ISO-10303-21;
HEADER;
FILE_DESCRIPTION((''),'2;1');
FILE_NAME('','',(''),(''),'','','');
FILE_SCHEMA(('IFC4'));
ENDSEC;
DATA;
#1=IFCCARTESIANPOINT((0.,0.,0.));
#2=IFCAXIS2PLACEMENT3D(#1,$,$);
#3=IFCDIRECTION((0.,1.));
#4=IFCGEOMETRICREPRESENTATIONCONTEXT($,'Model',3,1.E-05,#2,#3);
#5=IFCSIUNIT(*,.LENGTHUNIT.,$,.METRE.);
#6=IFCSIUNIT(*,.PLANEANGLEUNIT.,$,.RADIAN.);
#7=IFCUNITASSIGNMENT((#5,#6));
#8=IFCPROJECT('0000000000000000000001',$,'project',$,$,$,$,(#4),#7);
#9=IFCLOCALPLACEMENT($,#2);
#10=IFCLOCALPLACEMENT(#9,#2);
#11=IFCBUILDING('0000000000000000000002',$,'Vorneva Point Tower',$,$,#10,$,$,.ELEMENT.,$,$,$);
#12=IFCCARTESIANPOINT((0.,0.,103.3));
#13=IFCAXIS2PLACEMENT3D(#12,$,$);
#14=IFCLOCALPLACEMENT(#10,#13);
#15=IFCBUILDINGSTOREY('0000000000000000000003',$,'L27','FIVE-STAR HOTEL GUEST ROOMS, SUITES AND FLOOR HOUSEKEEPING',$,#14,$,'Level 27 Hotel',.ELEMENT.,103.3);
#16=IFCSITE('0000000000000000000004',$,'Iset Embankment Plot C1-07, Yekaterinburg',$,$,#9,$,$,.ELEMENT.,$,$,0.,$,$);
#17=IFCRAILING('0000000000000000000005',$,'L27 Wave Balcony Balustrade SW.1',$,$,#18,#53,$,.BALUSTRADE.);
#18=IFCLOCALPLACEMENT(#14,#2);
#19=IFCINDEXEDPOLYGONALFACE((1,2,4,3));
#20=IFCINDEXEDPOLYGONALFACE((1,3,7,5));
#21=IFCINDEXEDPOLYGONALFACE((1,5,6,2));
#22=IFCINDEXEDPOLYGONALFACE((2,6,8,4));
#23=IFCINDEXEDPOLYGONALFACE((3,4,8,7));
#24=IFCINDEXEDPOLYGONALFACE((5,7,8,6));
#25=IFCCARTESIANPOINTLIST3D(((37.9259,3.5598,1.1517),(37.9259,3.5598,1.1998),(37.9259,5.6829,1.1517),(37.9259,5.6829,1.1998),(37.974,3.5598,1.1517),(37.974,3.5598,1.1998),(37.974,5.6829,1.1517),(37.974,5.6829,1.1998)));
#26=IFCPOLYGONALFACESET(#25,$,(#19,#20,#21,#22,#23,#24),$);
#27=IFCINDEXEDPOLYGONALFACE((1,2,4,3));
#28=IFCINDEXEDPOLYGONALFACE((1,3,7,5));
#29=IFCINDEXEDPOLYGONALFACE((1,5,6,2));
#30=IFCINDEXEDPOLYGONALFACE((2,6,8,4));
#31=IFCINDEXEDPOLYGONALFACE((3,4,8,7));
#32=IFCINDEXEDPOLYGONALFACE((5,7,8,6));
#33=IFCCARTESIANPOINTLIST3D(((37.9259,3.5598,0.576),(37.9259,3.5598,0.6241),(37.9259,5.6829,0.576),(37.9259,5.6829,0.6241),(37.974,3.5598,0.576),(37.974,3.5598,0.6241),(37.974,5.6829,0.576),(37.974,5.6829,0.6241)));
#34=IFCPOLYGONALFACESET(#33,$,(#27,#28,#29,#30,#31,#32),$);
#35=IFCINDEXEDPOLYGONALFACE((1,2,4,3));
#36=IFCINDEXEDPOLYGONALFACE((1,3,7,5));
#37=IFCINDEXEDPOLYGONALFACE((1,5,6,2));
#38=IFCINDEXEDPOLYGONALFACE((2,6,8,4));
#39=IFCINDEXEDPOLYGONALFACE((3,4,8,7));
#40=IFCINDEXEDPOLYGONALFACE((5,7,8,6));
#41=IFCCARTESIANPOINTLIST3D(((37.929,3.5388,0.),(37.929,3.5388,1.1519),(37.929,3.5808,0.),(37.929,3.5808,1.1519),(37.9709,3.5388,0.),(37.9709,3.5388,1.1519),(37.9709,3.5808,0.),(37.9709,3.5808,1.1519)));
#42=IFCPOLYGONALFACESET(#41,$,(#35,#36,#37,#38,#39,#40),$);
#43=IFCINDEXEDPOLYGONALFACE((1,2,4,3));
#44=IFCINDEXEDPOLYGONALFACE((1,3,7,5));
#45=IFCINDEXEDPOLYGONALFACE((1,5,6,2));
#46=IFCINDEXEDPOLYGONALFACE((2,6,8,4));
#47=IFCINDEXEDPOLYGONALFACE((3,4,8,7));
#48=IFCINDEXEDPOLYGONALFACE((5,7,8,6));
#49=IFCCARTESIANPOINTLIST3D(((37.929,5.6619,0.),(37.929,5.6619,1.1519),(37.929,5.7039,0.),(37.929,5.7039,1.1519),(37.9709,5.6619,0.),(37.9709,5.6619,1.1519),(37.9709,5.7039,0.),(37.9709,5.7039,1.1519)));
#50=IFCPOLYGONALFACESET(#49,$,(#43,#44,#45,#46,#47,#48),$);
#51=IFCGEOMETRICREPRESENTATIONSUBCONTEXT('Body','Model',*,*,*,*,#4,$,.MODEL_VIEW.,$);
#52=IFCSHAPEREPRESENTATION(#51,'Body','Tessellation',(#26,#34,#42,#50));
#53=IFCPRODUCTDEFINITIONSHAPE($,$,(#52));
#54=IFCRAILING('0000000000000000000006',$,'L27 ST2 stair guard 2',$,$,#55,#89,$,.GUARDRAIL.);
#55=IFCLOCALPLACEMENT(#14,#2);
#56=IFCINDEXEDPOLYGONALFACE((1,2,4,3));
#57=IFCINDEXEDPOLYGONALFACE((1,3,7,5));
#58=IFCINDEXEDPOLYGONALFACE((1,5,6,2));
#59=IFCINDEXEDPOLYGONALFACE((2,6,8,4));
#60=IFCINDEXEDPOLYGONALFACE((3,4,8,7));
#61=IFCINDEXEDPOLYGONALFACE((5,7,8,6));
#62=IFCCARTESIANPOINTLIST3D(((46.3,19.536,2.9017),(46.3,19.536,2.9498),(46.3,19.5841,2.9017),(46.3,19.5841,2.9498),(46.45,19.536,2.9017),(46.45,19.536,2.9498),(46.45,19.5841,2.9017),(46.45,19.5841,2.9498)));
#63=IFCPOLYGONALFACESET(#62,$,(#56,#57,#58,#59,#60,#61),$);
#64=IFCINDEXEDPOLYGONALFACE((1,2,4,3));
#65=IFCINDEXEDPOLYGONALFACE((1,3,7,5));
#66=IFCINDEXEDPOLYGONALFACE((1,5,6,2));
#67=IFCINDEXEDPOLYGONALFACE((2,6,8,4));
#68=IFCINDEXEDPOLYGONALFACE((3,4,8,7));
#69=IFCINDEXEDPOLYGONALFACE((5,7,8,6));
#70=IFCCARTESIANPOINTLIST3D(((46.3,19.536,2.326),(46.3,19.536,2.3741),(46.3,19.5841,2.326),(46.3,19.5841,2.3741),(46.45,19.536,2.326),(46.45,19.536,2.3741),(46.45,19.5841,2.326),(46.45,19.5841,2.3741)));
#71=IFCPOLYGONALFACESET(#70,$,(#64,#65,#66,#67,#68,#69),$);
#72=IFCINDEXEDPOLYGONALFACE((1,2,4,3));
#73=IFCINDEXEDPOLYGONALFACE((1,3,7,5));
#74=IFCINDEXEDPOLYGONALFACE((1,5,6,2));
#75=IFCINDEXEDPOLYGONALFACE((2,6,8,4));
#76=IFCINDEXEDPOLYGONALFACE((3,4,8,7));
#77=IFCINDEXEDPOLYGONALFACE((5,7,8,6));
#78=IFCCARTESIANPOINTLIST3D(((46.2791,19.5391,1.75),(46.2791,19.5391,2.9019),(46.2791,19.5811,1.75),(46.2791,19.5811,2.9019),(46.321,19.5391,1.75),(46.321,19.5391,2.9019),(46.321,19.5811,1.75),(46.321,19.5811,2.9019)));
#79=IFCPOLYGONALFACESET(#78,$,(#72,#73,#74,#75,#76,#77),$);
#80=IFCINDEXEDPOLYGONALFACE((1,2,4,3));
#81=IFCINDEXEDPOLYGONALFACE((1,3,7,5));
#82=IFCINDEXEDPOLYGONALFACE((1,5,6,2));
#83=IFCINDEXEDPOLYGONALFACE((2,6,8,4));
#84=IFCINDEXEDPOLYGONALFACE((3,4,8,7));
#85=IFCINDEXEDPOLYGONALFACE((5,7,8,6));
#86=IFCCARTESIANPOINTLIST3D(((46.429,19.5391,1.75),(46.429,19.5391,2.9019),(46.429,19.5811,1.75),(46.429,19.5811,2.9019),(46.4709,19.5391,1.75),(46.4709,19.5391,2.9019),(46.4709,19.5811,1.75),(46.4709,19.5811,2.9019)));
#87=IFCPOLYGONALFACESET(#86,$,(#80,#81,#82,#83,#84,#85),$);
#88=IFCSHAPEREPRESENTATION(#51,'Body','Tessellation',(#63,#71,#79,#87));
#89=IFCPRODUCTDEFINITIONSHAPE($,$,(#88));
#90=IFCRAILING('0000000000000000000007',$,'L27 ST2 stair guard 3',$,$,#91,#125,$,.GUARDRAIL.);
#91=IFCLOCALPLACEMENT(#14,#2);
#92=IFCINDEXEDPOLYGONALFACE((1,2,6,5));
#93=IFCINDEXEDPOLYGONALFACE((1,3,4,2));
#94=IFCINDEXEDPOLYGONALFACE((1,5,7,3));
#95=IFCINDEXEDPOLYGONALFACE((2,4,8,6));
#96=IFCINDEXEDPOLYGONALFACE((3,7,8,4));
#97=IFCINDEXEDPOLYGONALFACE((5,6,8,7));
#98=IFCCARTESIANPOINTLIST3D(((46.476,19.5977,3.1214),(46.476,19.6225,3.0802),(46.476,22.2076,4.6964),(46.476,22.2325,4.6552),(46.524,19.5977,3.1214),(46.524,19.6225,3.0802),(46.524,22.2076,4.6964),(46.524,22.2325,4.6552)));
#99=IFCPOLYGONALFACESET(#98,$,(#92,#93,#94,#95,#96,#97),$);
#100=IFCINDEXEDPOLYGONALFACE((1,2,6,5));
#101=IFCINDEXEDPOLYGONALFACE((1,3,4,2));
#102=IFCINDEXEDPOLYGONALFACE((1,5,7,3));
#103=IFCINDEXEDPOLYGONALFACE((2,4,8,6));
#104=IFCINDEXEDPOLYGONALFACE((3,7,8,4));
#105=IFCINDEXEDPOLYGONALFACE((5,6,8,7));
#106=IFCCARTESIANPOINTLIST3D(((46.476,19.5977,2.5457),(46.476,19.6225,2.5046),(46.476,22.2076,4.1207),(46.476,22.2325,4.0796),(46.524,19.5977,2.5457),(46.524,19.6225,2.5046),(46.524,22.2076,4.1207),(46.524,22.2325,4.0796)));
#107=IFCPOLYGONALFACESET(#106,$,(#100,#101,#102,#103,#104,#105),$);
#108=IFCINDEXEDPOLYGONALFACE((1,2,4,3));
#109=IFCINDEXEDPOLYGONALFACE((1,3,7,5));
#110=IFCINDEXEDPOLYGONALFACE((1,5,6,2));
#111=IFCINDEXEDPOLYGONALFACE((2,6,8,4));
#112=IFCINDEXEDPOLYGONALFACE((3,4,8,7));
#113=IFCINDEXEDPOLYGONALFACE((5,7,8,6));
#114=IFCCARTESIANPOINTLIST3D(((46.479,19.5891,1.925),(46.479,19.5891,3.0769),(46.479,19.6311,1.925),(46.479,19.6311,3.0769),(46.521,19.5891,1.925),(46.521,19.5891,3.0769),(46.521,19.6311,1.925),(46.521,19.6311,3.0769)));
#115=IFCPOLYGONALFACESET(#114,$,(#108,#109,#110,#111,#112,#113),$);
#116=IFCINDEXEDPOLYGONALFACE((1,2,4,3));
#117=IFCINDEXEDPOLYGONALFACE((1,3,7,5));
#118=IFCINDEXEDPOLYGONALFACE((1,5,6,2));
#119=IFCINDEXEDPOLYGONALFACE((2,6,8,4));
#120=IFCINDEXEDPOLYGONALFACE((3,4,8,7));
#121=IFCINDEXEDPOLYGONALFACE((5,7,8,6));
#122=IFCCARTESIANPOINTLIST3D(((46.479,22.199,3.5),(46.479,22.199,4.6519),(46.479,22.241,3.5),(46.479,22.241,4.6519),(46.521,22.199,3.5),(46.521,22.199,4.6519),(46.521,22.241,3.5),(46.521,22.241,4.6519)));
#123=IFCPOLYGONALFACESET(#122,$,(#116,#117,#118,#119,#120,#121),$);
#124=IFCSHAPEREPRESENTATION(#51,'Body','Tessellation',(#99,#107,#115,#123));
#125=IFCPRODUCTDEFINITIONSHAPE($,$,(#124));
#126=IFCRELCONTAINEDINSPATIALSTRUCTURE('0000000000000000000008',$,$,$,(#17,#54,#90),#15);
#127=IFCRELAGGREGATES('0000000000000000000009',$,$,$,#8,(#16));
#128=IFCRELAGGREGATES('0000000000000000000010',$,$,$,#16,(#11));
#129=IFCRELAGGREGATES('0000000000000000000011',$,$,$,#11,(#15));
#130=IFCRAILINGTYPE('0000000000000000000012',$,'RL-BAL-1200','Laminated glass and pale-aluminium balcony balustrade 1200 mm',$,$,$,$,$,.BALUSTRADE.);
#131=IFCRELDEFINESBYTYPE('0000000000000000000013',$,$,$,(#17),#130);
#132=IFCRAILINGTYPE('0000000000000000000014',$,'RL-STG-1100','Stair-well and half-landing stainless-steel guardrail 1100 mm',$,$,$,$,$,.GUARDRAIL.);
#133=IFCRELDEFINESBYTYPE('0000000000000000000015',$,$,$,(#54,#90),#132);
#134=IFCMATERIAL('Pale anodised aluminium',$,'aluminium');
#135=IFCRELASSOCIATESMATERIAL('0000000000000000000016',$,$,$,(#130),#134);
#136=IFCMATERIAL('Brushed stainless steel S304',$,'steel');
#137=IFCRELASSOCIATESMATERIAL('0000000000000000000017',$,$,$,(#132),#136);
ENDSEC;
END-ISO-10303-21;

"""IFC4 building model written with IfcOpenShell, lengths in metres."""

from ifc_helpers import new_model, si_unit, direction, frame, origin, origin_2d, place, context, subcontext, project, spatial, rectangle, extrude, material, type_object, element, save


model = new_model("IFC4")

# Units and contexts
model_context = context("Model", 3, precision=1e-05, world=origin(), true_north=direction((0.0, 1.0)))
body_context = subcontext(model_context, "Body", "Model", "MODEL_VIEW")
ifc_project = project(units=[si_unit("LENGTHUNIT", "METRE"), si_unit("PLANEANGLEUNIT", "RADIAN")], contexts=[model_context])

# Site, building, storey
site_placement = place(None, origin())
site = spatial("IfcSite", under=ifc_project, at=site_placement, Name="Iset Embankment Plot C1-07, Yekaterinburg", CompositionType="ELEMENT", RefElevation=0.0)
building_placement = place(site_placement, origin())
building = spatial("IfcBuilding", under=site, at=building_placement, Name="Vorneva Point Tower", CompositionType="ELEMENT")
storey_placement = place(building_placement, frame((0.0, 0.0, 103.3)))
storey = spatial("IfcBuildingStorey", under=building, at=storey_placement, Name="L27", Description="FIVE-STAR HOTEL GUEST ROOMS, SUITES AND FLOOR HOUSEKEEPING", LongName="Level 27 Hotel", CompositionType="ELEMENT", Elevation=103.3)

# Shared definitions
ifc_material_1 = material(Name="Pale anodised aluminium", Category="aluminium")

# Railings
railing_type_1 = type_object("IfcRailingType", Name="RL-BAL-1200", Description="Laminated glass and pale-aluminium balcony balustrade 1200 mm", PredefinedType="BALUSTRADE", material=ifc_material_1)
railing_1_placement = place(storey_placement, frame((37.95, 3.5598, 0.0)))
element("IfcRailing", 1, at=railing_1_placement, inside=storey, type_object=railing_type_1, Name="L27 Wave Balcony Balustrade SW.1", PredefinedType="BALUSTRADE", context=body_context, shape_type="SweptSolid", body=[
    extrude(rectangle(XDim=0.0481, YDim=0.0481, at=origin_2d()), frame((0.0, 0.0, 1.1758), z_axis=(0.0, 1.0, 0.0), x_axis=(-1.0, 0.0, 0.0)), (0.0, 0.0, 1.0), 2.123),
    extrude(rectangle(XDim=0.0481, YDim=0.0481, at=origin_2d()), frame((0.0, 0.0, 0.6001), z_axis=(0.0, 1.0, 0.0), x_axis=(-1.0, 0.0, 0.0)), (0.0, 0.0, 1.0), 2.123),
    extrude(rectangle(XDim=0.042, YDim=0.042, at=origin_2d()), origin(), (0.0, 0.0, 1.0), 1.1519),
    extrude(rectangle(XDim=0.042, YDim=0.042, at=origin_2d()), frame((0.0, 2.123, 0.0)), (0.0, 0.0, 1.0), 1.1519),
])
ifc_material_2 = material(Name="Brushed stainless steel S304", Category="steel")
railing_type_2 = type_object("IfcRailingType", Name="RL-STG-1100", Description="Stair-well and half-landing stainless-steel guardrail 1100 mm", PredefinedType="GUARDRAIL", material=ifc_material_2)
railing_2_placement = place(storey_placement, frame((46.3, 19.5601, 1.75)))
element("IfcRailing", 2, at=railing_2_placement, inside=storey, type_object=railing_type_2, Name="L27 ST2 stair guard 2", PredefinedType="GUARDRAIL", context=body_context, shape_type="SweptSolid", body=[
    extrude(rectangle(XDim=0.0481, YDim=0.0481, at=origin_2d()), frame((0.0, 0.0, 1.1758), z_axis=(1.0, 0.0, 0.0), x_axis=(0.0, 1.0, 0.0)), (0.0, 0.0, 1.0), 0.1499),
    extrude(rectangle(XDim=0.0481, YDim=0.0481, at=origin_2d()), frame((0.0, 0.0, 0.6001), z_axis=(1.0, 0.0, 0.0), x_axis=(0.0, 1.0, 0.0)), (0.0, 0.0, 1.0), 0.1499),
    extrude(rectangle(XDim=0.042, YDim=0.042, at=origin_2d()), origin(), (0.0, 0.0, 1.0), 1.1519),
    extrude(rectangle(XDim=0.042, YDim=0.042, at=origin_2d()), frame((0.1499, 0.0, 0.0)), (0.0, 0.0, 1.0), 1.1519),
])
railing_3_placement = place(storey_placement, frame((46.5, 19.6101, 1.925)))
element("IfcRailing", 3, at=railing_3_placement, inside=storey, type_object=railing_type_2, Name="L27 ST2 stair guard 3", PredefinedType="GUARDRAIL", context=body_context, shape_type="SweptSolid", body=[
    extrude(rectangle(XDim=0.0481, YDim=0.0481, at=origin_2d()), frame((0.0, 0.0, 1.1758), z_axis=(0.0, 0.856183, 0.516673), x_axis=(-1.0, 0.0, 0.0)), (0.0, 0.0, 1.0), 3.0483),
    extrude(rectangle(XDim=0.0481, YDim=0.0481, at=origin_2d()), frame((0.0, 0.0, 0.6001), z_axis=(0.0, 0.856183, 0.516673), x_axis=(-1.0, 0.0, 0.0)), (0.0, 0.0, 1.0), 3.0483),
    extrude(rectangle(XDim=0.042, YDim=0.042, at=origin_2d()), origin(), (0.0, 0.0, 1.0), 1.1519),
    extrude(rectangle(XDim=0.042, YDim=0.042, at=origin_2d()), frame((0.0, 2.6099, 1.575)), (0.0, 0.0, 1.0), 1.1519),
])

save(model, "model.ifc")
